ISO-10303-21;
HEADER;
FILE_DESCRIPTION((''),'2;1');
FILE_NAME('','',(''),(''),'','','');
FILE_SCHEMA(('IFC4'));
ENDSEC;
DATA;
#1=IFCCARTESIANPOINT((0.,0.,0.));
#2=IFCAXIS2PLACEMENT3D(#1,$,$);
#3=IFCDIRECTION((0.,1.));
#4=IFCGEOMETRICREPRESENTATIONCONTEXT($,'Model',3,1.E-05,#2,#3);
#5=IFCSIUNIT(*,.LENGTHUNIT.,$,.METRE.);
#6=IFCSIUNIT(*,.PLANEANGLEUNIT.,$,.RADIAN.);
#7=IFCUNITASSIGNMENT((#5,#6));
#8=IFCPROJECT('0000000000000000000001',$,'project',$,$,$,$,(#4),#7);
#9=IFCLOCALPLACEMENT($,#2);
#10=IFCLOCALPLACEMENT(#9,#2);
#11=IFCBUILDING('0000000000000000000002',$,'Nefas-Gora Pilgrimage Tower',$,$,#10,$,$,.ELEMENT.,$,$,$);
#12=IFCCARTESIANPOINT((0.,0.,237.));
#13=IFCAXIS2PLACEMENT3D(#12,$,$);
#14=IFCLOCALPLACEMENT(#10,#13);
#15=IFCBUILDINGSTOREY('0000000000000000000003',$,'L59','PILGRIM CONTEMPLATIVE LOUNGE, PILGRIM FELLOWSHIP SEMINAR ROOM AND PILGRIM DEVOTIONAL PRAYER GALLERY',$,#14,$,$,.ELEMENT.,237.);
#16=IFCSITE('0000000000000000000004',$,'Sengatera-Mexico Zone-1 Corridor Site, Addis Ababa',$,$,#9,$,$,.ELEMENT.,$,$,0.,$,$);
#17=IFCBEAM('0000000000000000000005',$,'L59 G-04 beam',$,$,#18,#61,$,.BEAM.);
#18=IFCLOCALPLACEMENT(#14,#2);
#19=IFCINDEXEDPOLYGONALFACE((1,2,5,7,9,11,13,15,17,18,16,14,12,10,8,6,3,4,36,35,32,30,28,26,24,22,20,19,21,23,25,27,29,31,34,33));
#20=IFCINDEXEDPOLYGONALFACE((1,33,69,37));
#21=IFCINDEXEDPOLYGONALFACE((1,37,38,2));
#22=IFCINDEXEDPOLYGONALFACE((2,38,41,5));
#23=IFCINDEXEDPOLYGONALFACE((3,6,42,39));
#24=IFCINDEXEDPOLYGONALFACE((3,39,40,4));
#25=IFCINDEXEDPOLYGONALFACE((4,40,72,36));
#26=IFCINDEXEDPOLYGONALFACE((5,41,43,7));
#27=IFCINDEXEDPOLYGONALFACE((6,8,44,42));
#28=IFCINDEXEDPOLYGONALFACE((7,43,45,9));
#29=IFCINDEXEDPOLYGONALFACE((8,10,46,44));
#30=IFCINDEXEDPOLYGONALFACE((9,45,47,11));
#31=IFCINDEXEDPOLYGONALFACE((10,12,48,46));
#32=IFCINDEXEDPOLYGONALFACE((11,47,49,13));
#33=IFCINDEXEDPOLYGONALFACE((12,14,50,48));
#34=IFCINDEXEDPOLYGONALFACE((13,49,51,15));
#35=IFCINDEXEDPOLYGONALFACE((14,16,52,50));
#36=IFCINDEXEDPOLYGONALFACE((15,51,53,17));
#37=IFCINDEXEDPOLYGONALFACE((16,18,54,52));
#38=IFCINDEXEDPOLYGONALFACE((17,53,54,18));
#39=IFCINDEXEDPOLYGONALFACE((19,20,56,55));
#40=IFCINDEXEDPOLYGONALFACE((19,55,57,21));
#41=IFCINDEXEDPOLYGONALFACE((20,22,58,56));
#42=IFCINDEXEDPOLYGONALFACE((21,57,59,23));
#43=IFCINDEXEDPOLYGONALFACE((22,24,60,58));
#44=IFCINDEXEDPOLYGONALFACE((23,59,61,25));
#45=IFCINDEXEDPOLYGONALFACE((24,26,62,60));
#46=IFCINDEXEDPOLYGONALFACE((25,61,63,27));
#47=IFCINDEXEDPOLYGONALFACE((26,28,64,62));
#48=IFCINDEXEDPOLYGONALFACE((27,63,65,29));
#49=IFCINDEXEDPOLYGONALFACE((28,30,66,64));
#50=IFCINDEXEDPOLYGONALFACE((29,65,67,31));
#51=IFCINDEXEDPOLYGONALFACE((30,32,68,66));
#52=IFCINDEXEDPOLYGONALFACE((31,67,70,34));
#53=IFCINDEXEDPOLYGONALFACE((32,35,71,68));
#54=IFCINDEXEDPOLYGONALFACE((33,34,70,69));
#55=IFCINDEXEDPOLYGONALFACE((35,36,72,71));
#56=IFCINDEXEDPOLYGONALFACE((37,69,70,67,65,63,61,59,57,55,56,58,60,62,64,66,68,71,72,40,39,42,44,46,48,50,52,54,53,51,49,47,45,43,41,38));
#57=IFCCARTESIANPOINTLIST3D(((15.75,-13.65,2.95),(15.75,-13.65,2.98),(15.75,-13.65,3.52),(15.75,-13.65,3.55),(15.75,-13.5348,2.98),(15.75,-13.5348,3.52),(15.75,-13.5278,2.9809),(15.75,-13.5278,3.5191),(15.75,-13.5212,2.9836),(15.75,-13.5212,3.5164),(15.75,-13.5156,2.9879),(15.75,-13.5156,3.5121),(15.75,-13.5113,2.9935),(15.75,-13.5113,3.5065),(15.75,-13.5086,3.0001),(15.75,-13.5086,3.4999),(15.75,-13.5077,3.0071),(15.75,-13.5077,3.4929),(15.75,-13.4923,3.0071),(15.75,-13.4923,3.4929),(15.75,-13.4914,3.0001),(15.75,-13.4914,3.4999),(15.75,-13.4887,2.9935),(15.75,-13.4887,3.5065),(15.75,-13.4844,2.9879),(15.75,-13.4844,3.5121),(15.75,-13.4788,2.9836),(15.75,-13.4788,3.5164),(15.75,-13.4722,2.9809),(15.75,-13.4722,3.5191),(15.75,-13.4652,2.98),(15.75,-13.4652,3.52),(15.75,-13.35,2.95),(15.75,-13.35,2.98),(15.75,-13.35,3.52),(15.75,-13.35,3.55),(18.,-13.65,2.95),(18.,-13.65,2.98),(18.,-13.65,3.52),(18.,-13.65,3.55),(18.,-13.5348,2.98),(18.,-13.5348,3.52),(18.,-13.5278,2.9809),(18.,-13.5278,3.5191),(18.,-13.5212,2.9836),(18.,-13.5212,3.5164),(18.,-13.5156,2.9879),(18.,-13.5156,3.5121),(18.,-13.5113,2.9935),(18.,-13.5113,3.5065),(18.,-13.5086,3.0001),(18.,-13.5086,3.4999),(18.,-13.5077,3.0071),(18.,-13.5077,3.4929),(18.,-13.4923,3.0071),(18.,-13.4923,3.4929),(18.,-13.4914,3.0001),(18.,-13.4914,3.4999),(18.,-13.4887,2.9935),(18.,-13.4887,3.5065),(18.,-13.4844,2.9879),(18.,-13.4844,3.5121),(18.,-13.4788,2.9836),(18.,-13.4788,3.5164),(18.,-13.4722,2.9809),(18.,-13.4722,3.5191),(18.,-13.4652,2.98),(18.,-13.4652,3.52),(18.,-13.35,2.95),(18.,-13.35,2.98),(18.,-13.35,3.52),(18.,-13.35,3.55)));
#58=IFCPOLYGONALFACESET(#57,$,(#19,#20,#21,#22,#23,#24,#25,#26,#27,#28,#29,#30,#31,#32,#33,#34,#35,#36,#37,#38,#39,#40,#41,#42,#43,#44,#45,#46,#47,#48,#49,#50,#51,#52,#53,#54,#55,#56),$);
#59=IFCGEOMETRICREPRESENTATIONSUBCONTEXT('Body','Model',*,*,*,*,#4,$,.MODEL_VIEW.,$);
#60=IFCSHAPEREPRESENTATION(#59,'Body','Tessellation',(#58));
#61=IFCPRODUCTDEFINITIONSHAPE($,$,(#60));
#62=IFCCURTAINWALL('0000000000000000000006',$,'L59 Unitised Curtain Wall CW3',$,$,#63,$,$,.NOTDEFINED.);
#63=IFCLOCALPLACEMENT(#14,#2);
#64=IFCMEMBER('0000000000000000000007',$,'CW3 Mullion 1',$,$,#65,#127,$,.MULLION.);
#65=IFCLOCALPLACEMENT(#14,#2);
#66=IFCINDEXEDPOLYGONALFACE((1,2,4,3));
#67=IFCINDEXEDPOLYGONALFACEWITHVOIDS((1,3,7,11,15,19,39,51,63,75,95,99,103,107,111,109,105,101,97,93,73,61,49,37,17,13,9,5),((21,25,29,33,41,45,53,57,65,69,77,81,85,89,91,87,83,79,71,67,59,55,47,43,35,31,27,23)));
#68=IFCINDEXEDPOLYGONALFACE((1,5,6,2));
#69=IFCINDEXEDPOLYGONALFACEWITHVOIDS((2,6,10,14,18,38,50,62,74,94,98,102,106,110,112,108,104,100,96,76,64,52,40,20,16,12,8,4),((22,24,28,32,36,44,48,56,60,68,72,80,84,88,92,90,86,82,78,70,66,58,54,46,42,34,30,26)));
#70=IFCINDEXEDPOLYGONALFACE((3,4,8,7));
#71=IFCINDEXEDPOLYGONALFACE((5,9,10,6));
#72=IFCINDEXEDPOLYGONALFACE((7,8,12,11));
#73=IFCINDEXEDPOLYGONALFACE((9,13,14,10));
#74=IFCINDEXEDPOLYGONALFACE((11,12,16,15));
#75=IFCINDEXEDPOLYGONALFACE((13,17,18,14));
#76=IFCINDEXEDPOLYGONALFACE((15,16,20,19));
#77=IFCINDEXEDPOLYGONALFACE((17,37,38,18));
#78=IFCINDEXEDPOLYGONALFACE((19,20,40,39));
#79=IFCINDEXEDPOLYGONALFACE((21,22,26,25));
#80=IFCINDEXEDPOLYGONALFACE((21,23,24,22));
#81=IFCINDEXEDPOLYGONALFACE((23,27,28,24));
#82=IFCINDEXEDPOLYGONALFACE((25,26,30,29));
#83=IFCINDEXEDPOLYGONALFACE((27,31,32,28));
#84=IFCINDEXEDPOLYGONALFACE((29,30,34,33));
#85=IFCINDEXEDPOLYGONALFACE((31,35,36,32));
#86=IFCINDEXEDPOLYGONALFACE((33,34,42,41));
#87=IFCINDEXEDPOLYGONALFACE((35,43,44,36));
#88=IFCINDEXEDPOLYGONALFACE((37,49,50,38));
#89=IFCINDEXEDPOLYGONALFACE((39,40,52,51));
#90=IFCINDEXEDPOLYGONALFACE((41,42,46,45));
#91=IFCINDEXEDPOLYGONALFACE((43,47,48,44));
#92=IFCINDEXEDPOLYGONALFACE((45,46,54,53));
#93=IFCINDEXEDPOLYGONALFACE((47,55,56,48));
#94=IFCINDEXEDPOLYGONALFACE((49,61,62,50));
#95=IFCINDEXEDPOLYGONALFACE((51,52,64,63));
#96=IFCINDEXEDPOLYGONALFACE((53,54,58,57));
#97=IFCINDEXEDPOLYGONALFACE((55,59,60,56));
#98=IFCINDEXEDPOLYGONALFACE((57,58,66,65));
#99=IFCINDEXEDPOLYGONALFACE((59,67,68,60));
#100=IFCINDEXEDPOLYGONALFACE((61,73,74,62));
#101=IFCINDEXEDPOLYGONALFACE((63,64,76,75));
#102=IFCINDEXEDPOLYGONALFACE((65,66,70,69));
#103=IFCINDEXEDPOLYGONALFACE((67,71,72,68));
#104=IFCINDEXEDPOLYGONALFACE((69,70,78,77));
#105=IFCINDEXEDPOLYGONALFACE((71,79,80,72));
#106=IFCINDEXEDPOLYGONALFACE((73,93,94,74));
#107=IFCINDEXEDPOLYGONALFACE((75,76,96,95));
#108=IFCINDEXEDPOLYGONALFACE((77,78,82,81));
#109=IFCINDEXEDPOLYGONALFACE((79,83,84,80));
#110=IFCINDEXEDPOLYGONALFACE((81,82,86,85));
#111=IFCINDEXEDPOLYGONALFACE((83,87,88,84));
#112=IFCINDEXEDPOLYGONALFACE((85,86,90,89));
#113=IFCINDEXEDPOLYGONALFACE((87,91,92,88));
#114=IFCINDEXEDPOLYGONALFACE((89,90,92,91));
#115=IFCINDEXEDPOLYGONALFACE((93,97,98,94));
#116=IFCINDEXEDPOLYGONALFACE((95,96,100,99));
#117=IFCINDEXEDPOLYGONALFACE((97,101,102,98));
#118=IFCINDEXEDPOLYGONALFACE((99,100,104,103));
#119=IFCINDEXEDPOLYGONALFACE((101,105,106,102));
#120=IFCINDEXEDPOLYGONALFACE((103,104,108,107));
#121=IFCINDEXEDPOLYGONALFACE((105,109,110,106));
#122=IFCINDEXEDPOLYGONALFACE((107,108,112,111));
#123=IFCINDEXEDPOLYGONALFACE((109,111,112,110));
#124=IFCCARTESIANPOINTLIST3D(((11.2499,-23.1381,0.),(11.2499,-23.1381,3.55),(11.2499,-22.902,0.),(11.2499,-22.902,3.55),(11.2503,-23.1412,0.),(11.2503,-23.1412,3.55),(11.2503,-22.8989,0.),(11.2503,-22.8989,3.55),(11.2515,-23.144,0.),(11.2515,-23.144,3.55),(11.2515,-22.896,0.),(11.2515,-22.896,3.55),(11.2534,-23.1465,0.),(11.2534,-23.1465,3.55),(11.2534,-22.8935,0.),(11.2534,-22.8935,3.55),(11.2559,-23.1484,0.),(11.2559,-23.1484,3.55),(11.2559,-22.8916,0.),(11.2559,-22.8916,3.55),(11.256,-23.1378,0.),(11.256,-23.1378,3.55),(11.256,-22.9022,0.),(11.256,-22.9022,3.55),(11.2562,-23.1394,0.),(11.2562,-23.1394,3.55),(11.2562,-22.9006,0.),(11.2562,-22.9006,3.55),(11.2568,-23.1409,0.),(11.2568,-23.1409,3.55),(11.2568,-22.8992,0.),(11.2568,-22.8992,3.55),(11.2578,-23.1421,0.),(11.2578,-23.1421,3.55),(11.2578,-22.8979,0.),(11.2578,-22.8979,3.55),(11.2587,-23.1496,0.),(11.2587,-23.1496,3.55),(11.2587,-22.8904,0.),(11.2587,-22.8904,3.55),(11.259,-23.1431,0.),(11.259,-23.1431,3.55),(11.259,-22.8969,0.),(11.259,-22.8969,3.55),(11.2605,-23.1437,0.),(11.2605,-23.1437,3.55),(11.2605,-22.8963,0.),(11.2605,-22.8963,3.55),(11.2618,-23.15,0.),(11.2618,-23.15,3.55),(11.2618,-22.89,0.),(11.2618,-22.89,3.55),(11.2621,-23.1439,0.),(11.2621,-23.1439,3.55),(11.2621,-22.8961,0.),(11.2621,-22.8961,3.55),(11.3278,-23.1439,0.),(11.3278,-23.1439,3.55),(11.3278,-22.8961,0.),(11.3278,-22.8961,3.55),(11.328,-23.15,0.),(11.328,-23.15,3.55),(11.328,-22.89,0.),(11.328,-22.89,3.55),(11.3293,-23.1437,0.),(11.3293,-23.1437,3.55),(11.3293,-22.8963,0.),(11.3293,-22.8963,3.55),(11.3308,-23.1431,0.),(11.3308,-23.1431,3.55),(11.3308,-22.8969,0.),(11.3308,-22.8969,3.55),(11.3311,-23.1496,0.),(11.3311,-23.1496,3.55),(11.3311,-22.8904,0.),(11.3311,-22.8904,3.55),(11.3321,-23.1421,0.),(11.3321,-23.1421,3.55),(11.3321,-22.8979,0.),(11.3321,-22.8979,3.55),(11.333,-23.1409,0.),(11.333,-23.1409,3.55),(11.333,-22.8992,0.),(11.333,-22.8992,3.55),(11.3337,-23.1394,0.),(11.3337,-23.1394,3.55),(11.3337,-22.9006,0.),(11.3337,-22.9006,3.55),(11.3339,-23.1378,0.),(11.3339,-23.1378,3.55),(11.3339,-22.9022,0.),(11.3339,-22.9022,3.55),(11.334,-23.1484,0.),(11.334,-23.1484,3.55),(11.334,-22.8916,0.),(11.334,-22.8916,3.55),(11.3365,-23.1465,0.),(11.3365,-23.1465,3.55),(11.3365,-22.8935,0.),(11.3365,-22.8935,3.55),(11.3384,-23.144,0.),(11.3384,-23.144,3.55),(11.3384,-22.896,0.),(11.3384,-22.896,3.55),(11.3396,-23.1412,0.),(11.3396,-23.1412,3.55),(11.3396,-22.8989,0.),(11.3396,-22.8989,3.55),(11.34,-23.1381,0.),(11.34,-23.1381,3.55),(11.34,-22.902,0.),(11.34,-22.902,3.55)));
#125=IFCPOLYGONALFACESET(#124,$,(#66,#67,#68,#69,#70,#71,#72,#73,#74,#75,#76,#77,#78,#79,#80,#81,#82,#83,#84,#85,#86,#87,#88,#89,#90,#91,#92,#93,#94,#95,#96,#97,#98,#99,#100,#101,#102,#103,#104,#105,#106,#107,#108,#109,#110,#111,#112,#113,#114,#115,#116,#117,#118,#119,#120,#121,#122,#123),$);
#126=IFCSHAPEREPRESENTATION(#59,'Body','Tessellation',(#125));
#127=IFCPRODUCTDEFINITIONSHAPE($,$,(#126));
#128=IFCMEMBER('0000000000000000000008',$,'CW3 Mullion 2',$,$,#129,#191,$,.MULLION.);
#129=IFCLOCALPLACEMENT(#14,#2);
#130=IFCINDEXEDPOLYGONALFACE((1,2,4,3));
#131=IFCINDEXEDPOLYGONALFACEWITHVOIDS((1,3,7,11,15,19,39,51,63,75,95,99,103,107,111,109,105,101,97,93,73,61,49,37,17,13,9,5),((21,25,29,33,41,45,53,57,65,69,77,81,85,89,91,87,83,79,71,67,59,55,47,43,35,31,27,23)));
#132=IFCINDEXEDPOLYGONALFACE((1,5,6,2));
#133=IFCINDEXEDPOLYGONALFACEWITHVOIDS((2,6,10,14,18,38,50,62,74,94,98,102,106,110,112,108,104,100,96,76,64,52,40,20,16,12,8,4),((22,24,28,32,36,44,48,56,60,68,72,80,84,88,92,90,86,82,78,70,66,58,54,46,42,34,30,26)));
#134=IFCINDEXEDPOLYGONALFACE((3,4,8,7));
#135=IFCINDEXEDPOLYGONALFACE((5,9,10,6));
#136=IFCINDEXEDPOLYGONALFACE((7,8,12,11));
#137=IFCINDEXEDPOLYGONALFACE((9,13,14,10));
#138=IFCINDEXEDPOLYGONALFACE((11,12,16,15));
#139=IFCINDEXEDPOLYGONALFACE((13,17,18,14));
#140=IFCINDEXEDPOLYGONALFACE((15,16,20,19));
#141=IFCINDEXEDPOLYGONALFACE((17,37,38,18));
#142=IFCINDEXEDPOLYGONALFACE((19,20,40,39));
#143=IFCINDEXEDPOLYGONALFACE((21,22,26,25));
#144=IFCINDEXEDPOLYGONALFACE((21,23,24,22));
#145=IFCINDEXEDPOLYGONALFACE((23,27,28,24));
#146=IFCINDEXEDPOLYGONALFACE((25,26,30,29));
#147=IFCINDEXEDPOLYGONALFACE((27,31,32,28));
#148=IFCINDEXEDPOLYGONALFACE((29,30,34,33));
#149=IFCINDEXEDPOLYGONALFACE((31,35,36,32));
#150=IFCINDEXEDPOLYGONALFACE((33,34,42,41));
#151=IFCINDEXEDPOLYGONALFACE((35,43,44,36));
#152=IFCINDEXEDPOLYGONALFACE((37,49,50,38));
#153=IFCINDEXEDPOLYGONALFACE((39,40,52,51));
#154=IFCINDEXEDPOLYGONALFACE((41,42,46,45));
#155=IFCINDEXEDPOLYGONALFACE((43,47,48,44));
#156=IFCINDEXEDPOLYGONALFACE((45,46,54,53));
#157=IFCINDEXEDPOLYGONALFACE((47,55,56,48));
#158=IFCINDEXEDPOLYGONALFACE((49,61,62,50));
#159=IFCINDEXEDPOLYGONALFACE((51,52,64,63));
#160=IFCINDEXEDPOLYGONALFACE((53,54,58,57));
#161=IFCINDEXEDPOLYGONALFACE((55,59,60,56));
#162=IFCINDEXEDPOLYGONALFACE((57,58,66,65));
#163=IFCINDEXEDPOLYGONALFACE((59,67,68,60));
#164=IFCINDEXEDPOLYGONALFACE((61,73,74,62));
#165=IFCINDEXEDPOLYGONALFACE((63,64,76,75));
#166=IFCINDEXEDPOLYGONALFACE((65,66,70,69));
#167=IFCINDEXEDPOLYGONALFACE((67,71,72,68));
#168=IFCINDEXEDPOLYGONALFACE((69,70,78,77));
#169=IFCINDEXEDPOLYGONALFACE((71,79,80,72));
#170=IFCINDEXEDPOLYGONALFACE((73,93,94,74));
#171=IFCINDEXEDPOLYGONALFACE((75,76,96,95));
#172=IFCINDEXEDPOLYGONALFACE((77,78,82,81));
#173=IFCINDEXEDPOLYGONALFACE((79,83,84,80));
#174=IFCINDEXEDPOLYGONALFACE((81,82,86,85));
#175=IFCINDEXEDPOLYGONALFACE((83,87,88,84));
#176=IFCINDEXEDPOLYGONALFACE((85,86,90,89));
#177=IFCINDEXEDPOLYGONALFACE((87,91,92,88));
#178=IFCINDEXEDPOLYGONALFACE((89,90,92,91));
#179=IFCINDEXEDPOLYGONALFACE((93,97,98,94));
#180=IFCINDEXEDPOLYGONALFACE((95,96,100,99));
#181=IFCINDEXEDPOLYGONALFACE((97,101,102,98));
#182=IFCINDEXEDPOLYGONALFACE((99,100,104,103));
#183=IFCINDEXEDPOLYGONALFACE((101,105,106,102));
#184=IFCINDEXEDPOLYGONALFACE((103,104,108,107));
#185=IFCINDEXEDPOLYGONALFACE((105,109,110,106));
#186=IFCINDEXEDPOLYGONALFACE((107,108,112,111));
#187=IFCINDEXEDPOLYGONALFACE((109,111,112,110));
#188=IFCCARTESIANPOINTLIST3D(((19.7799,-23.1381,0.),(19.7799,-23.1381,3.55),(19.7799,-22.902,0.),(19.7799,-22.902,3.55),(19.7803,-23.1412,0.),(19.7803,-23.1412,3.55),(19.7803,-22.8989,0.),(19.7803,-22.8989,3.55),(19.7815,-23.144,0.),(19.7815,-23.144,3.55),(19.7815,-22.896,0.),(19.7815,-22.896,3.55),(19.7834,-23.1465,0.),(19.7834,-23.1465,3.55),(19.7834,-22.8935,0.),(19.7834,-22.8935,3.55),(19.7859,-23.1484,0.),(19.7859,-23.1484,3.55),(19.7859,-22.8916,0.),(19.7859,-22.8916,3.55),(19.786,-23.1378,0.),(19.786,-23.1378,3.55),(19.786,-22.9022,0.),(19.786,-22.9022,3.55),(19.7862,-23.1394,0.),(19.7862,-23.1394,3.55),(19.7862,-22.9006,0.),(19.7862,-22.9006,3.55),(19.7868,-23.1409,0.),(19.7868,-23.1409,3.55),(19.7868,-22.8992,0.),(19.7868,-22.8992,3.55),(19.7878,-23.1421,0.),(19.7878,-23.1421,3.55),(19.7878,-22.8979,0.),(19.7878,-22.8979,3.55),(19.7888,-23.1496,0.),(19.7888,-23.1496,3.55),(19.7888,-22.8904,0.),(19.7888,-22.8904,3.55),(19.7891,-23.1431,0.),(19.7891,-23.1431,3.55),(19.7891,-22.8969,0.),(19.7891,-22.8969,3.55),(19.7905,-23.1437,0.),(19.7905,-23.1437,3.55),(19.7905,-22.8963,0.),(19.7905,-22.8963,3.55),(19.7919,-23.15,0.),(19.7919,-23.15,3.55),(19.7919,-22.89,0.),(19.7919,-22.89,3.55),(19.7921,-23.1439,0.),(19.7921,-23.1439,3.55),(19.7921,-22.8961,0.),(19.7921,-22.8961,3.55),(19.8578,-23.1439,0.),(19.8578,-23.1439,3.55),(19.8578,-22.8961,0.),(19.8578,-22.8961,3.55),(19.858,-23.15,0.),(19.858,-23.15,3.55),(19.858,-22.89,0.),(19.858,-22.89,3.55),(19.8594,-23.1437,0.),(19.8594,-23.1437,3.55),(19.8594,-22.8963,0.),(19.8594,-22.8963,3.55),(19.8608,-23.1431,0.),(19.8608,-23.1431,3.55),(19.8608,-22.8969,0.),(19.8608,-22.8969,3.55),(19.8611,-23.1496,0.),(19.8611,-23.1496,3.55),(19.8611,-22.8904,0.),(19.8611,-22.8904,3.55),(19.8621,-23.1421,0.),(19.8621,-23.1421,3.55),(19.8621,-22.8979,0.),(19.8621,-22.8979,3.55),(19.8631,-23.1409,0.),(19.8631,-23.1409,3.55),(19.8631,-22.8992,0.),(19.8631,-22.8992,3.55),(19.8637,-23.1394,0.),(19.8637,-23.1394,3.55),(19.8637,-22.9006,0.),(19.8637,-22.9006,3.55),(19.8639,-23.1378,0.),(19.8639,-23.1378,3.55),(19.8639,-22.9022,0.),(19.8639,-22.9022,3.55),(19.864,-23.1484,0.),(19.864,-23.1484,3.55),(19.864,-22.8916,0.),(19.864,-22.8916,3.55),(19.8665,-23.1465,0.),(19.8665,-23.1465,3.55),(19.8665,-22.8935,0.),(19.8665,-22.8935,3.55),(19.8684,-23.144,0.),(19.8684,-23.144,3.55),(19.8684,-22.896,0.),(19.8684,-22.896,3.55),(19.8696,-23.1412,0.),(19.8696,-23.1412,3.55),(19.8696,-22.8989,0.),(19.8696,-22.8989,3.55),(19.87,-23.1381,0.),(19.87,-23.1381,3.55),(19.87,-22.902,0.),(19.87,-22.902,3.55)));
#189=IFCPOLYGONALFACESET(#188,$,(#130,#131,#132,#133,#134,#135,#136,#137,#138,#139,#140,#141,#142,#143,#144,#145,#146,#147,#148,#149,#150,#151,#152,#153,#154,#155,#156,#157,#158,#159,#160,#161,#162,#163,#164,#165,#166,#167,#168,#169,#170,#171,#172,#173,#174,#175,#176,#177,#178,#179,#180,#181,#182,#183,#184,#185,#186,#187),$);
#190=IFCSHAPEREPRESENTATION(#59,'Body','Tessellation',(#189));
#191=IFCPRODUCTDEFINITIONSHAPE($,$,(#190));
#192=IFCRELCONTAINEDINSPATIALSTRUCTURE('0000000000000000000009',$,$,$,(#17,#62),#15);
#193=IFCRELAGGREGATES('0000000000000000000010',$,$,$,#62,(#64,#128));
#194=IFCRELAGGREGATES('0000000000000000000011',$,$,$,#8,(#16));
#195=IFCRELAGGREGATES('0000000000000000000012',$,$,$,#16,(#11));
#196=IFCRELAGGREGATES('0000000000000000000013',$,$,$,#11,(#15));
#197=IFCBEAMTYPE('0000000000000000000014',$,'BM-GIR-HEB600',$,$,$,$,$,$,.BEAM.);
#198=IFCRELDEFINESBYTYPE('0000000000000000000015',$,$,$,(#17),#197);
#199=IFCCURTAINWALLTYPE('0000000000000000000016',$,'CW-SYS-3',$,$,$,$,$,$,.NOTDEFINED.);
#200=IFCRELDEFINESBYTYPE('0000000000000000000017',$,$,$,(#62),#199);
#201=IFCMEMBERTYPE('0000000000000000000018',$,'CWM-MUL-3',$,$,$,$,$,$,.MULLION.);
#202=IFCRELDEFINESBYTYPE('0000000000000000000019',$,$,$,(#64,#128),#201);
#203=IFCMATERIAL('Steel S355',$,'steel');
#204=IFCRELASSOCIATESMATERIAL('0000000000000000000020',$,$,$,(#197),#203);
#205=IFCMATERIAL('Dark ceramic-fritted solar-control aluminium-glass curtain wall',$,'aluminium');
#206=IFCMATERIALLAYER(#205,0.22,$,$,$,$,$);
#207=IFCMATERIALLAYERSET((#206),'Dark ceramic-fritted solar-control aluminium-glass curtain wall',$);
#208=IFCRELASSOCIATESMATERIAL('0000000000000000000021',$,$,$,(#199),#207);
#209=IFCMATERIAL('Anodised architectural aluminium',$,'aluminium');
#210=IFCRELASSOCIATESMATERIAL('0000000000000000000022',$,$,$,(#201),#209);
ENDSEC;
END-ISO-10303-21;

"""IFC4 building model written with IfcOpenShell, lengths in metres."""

from ifc_helpers import new_model, si_unit, direction, frame, origin, origin_2d, place, context, subcontext, project, spatial, hollow_rectangle, i_section, extrude, source, transform, mapped, material, layer, layer_set, material_profile, profile_set, type_object, element, aggregate, save


model = new_model("IFC4")

# Units and contexts
model_context = context("Model", 3, precision=1e-05, world=origin(), true_north=direction((0.0, 1.0)))
body_context = subcontext(model_context, "Body", "Model", "MODEL_VIEW")
ifc_project = project(units=[si_unit("LENGTHUNIT", "METRE"), si_unit("PLANEANGLEUNIT", "RADIAN")], contexts=[model_context])

# Site, building, storey
site_placement = place(None, origin())
site = spatial("IfcSite", under=ifc_project, at=site_placement, Name="Sengatera-Mexico Zone-1 Corridor Site, Addis Ababa", CompositionType="ELEMENT", RefElevation=0.0)
building_placement = place(site_placement, origin())
building = spatial("IfcBuilding", under=site, at=building_placement, Name="Nefas-Gora Pilgrimage Tower", CompositionType="ELEMENT")
storey_placement = place(building_placement, frame((0.0, 0.0, 237.0)))
storey = spatial("IfcBuildingStorey", under=building, at=storey_placement, Name="L59", Description="PILGRIM CONTEMPLATIVE LOUNGE, PILGRIM FELLOWSHIP SEMINAR ROOM AND PILGRIM DEVOTIONAL PRAYER GALLERY", CompositionType="ELEMENT", Elevation=237.0)

# Beam
ifc_material_1 = material(Name="Steel S355", Category="steel")
ifc_material_profile_1 = material_profile(ifc_material_1, i_section(OverallWidth=0.3, OverallDepth=0.6001, WebThickness=0.0154, FlangeThickness=0.03, FilletRadius=0.0271, at=origin_2d()), Name="HEB 600")
ifc_profile_set_1 = profile_set([ifc_material_profile_1], Name="Steel S355")
beam_type_1 = type_object("IfcBeamType", Name="BM-GIR-HEB600", PredefinedType="BEAM", material=ifc_profile_set_1)
shared_shape_1 = source(origin(), body_context, "Body", "SweptSolid", [
    extrude(i_section(OverallWidth=0.3, OverallDepth=0.6001, WebThickness=0.0154, FlangeThickness=0.03, FilletRadius=0.0271, at=origin_2d()), origin(), (0.0, 0.0, 1.0), 2.25),
])
beam_1_placement = place(storey_placement, frame((15.75, -13.5, 3.25), z_axis=(1.0, 0.0, 0.0), x_axis=(0.0, 1.0, 0.0)))
element("IfcBeam", 1, at=beam_1_placement, inside=storey, type_object=beam_type_1, Name="L59 G-04 beam", PredefinedType="BEAM", context=body_context, shape_type="MappedRepresentation", body=[
    mapped(shared_shape_1, transform((0.0, 0.0, 0.0), x_axis=(1.0, 0.0, 0.0), y_axis=(0.0, 1.0, 0.0), z_axis=(0.0, 0.0, 1.0), scale=1.0)),
])

# Curtain wall, members
ifc_material_2 = material(Name="Dark ceramic-fritted solar-control aluminium-glass curtain wall", Category="aluminium")
ifc_layer_1 = layer(ifc_material_2, 0.22)
ifc_layer_set_1 = layer_set([ifc_layer_1], Name="Dark ceramic-fritted solar-control aluminium-glass curtain wall")
curtain_wall_type = type_object("IfcCurtainWallType", Name="CW-SYS-3", PredefinedType="NOTDEFINED", material=ifc_layer_set_1)
curtain_wall_1_placement = place(storey_placement, origin())
curtain_wall_1 = element("IfcCurtainWall", 2, at=curtain_wall_1_placement, inside=storey, type_object=curtain_wall_type, Name="L59 Unitised Curtain Wall CW3", PredefinedType="NOTDEFINED")
ifc_material_3 = material(Name="Anodised architectural aluminium", Category="aluminium")
ifc_material_profile_2 = material_profile(ifc_material_3, hollow_rectangle(XDim=0.0901, YDim=0.26, WallThickness=0.0061, InnerFilletRadius=0.0061, OuterFilletRadius=0.012, at=origin_2d()), Name="ALU MULLION 90x260")
ifc_profile_set_2 = profile_set([ifc_material_profile_2], Name="Anodised architectural aluminium")
member_type_1 = type_object("IfcMemberType", Name="CWM-MUL-3", PredefinedType="MULLION", material=ifc_profile_set_2)
shared_shape_2 = source(origin(), body_context, "Body", "SweptSolid", [
    extrude(hollow_rectangle(XDim=0.0901, YDim=0.26, WallThickness=0.0061, InnerFilletRadius=0.0061, OuterFilletRadius=0.012, at=origin_2d()), origin(), (0.0, 0.0, 1.0), 3.55),
])
member_1_placement = place(storey_placement, frame((11.2949, -23.02, 0.0), z_axis=(0.0, 0.0, 1.0), x_axis=(1.0, 0.0, 0.0)))
member_1 = element("IfcMember", 3, at=member_1_placement, type_object=member_type_1, Name="CW3 Mullion 1", PredefinedType="MULLION", context=body_context, shape_type="MappedRepresentation", body=[
    mapped(shared_shape_2, transform((0.0, 0.0, 0.0), x_axis=(1.0, 0.0, 0.0), y_axis=(0.0, 1.0, 0.0), z_axis=(0.0, 0.0, 1.0), scale=1.0)),
])
member_2_placement = place(storey_placement, frame((19.825, -23.02, 0.0), z_axis=(0.0, 0.0, 1.0), x_axis=(1.0, 0.0, 0.0)))
member_2 = element("IfcMember", 4, at=member_2_placement, type_object=member_type_1, Name="CW3 Mullion 2", PredefinedType="MULLION", context=body_context, shape_type="MappedRepresentation", body=[
    mapped(shared_shape_2, transform((0.0, 0.0, 0.0), x_axis=(1.0, 0.0, 0.0), y_axis=(0.0, 1.0, 0.0), z_axis=(0.0, 0.0, 1.0), scale=1.0)),
])

aggregate(curtain_wall_1, [member_1, member_2])

save(model, "model.ifc")
